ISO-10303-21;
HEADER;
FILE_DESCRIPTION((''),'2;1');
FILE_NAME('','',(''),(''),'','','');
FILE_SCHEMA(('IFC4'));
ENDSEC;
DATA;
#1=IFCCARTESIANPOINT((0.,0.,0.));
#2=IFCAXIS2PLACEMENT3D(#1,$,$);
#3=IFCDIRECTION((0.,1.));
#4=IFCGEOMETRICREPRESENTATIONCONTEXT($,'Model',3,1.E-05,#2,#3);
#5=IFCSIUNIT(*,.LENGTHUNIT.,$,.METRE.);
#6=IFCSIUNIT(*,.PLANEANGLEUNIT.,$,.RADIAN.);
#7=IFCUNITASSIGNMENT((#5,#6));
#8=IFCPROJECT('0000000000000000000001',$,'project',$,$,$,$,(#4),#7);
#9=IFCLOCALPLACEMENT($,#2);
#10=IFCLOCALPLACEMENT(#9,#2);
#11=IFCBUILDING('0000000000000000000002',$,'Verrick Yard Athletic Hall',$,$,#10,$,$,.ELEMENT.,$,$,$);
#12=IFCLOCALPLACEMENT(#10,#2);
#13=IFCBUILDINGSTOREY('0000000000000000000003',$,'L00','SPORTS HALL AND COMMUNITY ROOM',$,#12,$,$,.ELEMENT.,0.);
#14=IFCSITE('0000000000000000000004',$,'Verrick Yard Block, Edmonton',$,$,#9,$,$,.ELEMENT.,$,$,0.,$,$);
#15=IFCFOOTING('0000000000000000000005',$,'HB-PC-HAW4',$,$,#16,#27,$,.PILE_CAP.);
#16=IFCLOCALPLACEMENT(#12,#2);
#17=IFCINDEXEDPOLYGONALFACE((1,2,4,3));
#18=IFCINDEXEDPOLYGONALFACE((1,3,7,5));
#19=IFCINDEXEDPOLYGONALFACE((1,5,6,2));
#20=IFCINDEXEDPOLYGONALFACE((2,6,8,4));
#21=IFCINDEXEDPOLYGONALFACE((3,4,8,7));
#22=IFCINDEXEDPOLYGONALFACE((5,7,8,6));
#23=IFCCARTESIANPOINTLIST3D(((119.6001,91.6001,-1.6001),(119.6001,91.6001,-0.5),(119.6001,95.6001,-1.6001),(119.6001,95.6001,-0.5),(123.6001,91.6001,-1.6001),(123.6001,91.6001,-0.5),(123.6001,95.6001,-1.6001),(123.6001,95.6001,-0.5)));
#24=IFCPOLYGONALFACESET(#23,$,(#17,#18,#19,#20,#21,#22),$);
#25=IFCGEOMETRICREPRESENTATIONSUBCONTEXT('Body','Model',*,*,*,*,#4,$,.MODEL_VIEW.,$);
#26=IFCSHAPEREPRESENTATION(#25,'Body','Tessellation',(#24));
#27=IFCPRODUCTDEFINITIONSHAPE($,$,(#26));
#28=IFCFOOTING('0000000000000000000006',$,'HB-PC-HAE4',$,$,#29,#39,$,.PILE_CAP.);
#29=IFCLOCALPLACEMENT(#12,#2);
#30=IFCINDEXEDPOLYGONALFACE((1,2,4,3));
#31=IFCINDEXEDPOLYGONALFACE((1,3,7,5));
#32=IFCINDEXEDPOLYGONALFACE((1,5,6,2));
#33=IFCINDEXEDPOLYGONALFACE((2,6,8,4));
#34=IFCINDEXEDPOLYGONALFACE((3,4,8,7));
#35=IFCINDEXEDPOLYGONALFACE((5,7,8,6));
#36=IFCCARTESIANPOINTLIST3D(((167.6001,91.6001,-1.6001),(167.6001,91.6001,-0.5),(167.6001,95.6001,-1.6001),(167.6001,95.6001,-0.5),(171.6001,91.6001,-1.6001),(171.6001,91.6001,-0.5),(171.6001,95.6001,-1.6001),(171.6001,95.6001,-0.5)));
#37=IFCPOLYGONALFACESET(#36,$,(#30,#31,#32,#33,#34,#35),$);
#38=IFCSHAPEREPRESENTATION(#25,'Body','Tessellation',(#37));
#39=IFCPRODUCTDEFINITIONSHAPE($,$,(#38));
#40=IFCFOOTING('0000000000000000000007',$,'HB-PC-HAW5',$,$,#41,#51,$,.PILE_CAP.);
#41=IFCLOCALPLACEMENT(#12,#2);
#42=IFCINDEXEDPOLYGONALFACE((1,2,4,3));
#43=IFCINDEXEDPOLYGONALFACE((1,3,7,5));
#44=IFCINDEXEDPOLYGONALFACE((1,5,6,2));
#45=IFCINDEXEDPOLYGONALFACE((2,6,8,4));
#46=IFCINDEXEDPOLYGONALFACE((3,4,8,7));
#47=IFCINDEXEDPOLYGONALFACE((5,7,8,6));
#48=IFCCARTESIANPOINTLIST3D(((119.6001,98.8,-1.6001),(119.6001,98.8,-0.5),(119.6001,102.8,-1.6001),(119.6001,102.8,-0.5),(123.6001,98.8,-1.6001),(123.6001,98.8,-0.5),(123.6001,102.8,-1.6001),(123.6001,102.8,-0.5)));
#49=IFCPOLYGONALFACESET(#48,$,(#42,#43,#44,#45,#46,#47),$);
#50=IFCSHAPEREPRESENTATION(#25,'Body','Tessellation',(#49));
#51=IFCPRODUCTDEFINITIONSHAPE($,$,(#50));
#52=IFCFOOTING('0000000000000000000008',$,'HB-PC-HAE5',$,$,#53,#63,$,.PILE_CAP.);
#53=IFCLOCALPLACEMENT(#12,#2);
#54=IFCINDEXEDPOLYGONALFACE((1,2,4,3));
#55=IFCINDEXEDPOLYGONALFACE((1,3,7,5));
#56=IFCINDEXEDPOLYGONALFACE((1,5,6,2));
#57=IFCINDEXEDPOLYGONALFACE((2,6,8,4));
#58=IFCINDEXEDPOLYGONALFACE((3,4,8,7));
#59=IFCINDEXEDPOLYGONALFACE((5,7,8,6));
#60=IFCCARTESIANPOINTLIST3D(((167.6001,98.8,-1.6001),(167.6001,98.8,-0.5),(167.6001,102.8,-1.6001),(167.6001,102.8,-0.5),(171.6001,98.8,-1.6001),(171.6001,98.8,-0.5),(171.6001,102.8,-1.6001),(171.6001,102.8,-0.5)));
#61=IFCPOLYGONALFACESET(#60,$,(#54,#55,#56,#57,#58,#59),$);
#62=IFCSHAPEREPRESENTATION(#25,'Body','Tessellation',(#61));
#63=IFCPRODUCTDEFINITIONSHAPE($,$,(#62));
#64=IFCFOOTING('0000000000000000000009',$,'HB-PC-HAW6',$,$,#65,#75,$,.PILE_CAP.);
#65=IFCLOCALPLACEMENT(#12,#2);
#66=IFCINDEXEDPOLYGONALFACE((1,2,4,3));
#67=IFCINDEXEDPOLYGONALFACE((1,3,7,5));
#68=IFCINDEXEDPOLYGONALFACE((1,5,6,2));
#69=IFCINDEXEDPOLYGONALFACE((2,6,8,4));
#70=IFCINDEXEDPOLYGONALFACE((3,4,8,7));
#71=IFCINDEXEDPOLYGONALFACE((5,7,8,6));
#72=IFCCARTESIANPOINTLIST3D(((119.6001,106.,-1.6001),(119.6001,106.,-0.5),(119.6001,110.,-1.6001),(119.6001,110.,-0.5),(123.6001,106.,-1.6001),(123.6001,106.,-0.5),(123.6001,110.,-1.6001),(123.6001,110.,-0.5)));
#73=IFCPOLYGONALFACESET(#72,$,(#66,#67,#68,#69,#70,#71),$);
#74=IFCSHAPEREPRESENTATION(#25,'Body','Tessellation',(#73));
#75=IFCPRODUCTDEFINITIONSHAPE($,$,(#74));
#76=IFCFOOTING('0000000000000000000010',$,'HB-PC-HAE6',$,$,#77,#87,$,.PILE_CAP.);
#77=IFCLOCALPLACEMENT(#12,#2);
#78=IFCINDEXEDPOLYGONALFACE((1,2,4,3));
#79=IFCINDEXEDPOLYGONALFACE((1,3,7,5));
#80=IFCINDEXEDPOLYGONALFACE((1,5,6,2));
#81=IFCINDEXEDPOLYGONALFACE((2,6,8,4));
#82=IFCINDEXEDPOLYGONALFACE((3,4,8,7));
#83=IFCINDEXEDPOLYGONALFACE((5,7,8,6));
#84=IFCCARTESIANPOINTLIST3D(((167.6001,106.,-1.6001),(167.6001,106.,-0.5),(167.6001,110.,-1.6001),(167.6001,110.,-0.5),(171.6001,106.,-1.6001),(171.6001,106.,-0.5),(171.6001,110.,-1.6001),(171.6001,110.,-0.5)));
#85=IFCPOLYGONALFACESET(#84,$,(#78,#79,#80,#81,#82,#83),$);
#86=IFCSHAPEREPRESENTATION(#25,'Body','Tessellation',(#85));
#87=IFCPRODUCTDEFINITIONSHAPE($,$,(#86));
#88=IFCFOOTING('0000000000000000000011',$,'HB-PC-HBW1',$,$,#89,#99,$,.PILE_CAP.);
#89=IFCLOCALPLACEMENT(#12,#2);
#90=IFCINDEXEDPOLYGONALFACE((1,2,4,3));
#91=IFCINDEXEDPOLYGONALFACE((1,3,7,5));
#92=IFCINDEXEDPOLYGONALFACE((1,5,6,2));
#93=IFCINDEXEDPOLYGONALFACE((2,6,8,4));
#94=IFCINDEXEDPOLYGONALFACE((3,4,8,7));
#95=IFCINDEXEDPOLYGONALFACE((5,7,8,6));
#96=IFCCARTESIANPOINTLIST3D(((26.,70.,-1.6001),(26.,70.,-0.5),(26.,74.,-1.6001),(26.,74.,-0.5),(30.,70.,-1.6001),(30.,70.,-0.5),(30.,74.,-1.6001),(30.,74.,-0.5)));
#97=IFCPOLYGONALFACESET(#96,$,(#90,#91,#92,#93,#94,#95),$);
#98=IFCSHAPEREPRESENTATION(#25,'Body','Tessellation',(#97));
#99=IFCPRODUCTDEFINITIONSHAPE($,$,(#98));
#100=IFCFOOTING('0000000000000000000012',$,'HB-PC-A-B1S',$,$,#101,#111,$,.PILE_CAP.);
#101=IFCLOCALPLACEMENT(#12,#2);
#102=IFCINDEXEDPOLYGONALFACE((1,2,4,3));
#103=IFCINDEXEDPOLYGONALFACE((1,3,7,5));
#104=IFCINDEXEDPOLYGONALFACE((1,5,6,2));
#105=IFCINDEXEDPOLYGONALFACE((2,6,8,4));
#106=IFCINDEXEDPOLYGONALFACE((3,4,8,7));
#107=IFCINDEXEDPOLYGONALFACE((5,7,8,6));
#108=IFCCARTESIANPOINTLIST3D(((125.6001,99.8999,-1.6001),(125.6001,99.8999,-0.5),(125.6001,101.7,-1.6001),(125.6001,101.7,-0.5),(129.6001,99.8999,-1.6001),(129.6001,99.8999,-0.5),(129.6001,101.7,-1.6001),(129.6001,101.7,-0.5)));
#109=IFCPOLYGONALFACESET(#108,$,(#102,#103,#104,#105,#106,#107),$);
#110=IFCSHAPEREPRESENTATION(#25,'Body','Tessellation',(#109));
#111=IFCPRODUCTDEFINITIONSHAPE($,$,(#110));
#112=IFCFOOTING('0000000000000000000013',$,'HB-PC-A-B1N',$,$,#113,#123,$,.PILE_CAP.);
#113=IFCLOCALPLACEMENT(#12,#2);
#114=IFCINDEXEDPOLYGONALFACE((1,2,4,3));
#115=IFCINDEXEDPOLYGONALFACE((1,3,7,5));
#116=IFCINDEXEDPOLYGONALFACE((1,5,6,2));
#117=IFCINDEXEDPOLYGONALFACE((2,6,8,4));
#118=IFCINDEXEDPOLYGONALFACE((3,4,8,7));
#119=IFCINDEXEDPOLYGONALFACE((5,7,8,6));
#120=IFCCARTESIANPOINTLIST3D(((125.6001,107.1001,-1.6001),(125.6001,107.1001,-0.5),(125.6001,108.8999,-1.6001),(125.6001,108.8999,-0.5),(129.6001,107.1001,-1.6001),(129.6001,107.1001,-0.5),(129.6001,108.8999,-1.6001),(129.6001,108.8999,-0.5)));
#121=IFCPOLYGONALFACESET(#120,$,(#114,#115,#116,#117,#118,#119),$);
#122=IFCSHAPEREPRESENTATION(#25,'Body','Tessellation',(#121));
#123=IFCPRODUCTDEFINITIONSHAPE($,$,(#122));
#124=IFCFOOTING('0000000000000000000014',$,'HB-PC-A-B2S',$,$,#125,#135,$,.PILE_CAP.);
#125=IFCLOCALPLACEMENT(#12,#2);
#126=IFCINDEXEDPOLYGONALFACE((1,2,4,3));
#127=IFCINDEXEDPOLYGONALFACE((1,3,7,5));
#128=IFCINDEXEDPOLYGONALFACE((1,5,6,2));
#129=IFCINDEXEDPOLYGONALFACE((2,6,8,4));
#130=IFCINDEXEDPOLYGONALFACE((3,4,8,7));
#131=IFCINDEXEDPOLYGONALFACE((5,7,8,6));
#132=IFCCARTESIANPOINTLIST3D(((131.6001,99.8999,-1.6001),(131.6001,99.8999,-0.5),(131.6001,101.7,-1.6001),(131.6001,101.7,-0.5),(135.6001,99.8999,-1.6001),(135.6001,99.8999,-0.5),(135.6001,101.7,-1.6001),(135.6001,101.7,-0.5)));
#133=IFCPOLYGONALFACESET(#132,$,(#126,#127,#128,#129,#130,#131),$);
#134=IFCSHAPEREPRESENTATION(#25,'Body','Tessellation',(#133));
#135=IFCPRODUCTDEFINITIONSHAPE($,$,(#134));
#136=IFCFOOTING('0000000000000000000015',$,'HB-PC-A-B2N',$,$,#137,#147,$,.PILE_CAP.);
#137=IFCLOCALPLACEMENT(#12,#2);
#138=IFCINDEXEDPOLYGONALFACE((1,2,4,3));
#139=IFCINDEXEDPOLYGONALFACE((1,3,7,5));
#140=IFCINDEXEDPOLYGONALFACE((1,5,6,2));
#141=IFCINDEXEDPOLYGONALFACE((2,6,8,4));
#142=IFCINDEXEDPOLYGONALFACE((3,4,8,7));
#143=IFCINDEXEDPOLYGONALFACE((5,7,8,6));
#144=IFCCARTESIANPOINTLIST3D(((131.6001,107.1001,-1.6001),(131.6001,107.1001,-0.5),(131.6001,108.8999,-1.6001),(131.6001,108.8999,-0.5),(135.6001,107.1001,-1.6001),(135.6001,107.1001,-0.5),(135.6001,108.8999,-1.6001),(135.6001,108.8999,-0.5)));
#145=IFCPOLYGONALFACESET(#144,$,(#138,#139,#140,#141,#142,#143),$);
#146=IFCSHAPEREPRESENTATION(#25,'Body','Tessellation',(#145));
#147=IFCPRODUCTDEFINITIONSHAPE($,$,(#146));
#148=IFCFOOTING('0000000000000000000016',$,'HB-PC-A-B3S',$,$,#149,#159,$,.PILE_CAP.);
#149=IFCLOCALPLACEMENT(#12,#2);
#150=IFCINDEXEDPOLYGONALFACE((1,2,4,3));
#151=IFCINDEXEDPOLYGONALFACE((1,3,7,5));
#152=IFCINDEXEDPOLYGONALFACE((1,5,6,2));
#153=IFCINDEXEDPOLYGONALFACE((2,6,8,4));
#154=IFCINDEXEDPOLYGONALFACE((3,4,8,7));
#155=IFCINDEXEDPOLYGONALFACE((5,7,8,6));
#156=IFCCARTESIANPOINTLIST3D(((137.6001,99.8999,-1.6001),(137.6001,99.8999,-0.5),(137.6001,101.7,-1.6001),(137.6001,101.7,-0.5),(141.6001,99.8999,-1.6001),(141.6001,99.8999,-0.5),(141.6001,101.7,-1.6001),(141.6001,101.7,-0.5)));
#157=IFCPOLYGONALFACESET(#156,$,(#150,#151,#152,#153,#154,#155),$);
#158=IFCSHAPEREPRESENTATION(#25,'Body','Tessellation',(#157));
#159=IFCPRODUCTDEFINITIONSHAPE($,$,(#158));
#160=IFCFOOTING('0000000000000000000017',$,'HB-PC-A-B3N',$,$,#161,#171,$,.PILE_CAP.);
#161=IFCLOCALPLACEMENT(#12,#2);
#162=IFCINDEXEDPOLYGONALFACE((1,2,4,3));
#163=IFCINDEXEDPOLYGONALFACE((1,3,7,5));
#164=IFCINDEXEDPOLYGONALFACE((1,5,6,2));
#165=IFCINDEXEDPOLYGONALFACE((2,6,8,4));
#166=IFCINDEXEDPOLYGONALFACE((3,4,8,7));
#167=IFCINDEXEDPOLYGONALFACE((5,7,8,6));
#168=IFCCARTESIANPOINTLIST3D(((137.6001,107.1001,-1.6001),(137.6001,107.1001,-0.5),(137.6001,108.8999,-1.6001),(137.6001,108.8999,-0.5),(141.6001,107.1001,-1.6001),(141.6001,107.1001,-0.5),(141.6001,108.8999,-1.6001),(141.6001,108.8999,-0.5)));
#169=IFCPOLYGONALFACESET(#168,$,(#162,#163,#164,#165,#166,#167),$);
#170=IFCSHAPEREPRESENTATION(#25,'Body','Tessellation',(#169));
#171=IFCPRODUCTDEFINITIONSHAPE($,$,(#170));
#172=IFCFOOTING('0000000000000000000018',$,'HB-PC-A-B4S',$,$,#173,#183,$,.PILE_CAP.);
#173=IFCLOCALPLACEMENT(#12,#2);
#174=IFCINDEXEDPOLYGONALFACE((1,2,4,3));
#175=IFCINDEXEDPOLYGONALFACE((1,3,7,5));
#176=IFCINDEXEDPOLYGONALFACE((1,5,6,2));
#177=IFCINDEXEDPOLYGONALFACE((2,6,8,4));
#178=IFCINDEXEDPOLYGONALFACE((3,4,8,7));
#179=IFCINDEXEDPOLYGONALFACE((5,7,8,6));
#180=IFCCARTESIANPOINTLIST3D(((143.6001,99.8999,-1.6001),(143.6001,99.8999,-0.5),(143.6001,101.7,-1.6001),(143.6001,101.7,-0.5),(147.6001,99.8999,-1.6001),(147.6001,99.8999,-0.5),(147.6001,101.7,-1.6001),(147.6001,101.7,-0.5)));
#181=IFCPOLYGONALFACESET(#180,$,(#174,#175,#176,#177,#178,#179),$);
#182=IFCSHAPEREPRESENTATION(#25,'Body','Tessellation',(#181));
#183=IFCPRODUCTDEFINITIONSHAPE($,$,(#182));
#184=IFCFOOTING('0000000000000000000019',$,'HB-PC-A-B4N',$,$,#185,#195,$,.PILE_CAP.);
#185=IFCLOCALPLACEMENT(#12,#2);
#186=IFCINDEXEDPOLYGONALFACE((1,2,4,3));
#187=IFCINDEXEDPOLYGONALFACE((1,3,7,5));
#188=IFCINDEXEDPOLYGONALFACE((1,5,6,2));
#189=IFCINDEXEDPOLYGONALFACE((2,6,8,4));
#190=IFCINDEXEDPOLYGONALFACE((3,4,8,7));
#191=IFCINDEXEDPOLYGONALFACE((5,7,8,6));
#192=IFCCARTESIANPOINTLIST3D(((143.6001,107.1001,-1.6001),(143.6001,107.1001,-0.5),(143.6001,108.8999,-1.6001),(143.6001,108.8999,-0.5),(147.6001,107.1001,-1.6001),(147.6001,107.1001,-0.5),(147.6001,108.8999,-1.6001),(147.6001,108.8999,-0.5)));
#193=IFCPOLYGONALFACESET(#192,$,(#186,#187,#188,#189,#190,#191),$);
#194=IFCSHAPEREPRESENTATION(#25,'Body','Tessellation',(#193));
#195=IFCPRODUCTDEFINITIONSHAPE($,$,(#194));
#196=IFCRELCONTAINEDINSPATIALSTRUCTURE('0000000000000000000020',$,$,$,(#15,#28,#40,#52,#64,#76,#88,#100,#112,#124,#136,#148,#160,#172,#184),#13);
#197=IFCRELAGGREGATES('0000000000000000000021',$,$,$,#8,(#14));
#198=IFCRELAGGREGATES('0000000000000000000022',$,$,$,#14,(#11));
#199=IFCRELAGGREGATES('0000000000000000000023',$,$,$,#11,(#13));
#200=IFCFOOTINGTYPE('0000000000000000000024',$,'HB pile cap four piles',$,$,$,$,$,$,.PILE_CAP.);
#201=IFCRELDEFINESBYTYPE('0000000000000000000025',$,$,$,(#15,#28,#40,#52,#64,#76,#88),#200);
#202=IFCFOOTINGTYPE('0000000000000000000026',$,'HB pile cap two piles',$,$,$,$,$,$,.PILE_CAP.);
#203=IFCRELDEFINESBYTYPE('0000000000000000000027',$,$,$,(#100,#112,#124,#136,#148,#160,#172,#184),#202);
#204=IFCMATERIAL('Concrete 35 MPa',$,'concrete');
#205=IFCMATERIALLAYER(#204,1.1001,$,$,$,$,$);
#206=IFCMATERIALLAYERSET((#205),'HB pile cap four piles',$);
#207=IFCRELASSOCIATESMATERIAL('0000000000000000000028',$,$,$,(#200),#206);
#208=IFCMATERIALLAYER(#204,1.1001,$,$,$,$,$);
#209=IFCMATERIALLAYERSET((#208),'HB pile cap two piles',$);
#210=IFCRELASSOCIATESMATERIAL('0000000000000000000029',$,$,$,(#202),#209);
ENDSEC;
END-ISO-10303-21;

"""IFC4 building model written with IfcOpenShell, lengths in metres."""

from ifc_helpers import new_model, si_unit, direction, frame, origin, place, context, subcontext, project, spatial, polyline, outline, extrude, material, layer, layer_set, type_object, element, save


model = new_model("IFC4")

# Units and contexts
model_context = context("Model", 3, precision=1e-05, world=origin(), true_north=direction((0.0, 1.0)))
body_context = subcontext(model_context, "Body", "Model", "MODEL_VIEW")
ifc_project = project(units=[si_unit("LENGTHUNIT", "METRE"), si_unit("PLANEANGLEUNIT", "RADIAN")], contexts=[model_context])

# Site, building, storey
site_placement = place(None, origin())
site = spatial("IfcSite", under=ifc_project, at=site_placement, Name="Verrick Yard Block, Edmonton", CompositionType="ELEMENT", RefElevation=0.0)
building_placement = place(site_placement, origin())
building = spatial("IfcBuilding", under=site, at=building_placement, Name="Verrick Yard Athletic Hall", CompositionType="ELEMENT")
storey_placement = place(building_placement, origin())
storey = spatial("IfcBuildingStorey", under=building, at=storey_placement, Name="L00", Description="SPORTS HALL AND COMMUNITY ROOM", CompositionType="ELEMENT", Elevation=0.0)

# Footings
ifc_material = material(Name="Concrete 35 MPa", Category="concrete")
ifc_layer_1 = layer(ifc_material, 1.1001)
ifc_layer_set_1 = layer_set([ifc_layer_1], Name="HB pile cap four piles")
footing_type_1 = type_object("IfcFootingType", Name="HB pile cap four piles", PredefinedType="PILE_CAP", material=ifc_layer_set_1)
footing_1_placement = place(storey_placement, frame((0.0, 0.0, -1.6001)))
element("IfcFooting", 1, at=footing_1_placement, inside=storey, type_object=footing_type_1, Name="HB-PC-HAW4", PredefinedType="PILE_CAP", context=body_context, shape_type="SweptSolid", body=[
    extrude(outline(polyline([(119.6001, 91.6001), (123.6001, 91.6001), (123.6001, 95.6001), (119.6001, 95.6001), (119.6001, 91.6001)])), origin(), (0.0, 0.0, 1.0), 1.1001),
])
footing_2_placement = place(storey_placement, frame((0.0, 0.0, -1.6001)))
element("IfcFooting", 2, at=footing_2_placement, inside=storey, type_object=footing_type_1, Name="HB-PC-HAE4", PredefinedType="PILE_CAP", context=body_context, shape_type="SweptSolid", body=[
    extrude(outline(polyline([(167.6001, 91.6001), (171.6001, 91.6001), (171.6001, 95.6001), (167.6001, 95.6001), (167.6001, 91.6001)])), origin(), (0.0, 0.0, 1.0), 1.1001),
])
footing_3_placement = place(storey_placement, frame((0.0, 0.0, -1.6001)))
element("IfcFooting", 3, at=footing_3_placement, inside=storey, type_object=footing_type_1, Name="HB-PC-HAW5", PredefinedType="PILE_CAP", context=body_context, shape_type="SweptSolid", body=[
    extrude(outline(polyline([(119.6001, 98.8), (123.6001, 98.8), (123.6001, 102.8), (119.6001, 102.8), (119.6001, 98.8)])), origin(), (0.0, 0.0, 1.0), 1.1001),
])
footing_4_placement = place(storey_placement, frame((0.0, 0.0, -1.6001)))
element("IfcFooting", 4, at=footing_4_placement, inside=storey, type_object=footing_type_1, Name="HB-PC-HAE5", PredefinedType="PILE_CAP", context=body_context, shape_type="SweptSolid", body=[
    extrude(outline(polyline([(167.6001, 98.8), (171.6001, 98.8), (171.6001, 102.8), (167.6001, 102.8), (167.6001, 98.8)])), origin(), (0.0, 0.0, 1.0), 1.1001),
])
footing_5_placement = place(storey_placement, frame((0.0, 0.0, -1.6001)))
element("IfcFooting", 5, at=footing_5_placement, inside=storey, type_object=footing_type_1, Name="HB-PC-HAW6", PredefinedType="PILE_CAP", context=body_context, shape_type="SweptSolid", body=[
    extrude(outline(polyline([(119.6001, 106.0), (123.6001, 106.0), (123.6001, 110.0), (119.6001, 110.0), (119.6001, 106.0)])), origin(), (0.0, 0.0, 1.0), 1.1001),
])
footing_6_placement = place(storey_placement, frame((0.0, 0.0, -1.6001)))
element("IfcFooting", 6, at=footing_6_placement, inside=storey, type_object=footing_type_1, Name="HB-PC-HAE6", PredefinedType="PILE_CAP", context=body_context, shape_type="SweptSolid", body=[
    extrude(outline(polyline([(167.6001, 106.0), (171.6001, 106.0), (171.6001, 110.0), (167.6001, 110.0), (167.6001, 106.0)])), origin(), (0.0, 0.0, 1.0), 1.1001),
])
footing_7_placement = place(storey_placement, frame((0.0, 0.0, -1.6001)))
element("IfcFooting", 7, at=footing_7_placement, inside=storey, type_object=footing_type_1, Name="HB-PC-HBW1", PredefinedType="PILE_CAP", context=body_context, shape_type="SweptSolid", body=[
    extrude(outline(polyline([(26.0, 70.0), (30.0, 70.0), (30.0, 74.0), (26.0, 74.0), (26.0, 70.0)])), origin(), (0.0, 0.0, 1.0), 1.1001),
])
ifc_layer_2 = layer(ifc_material, 1.1001)
ifc_layer_set_2 = layer_set([ifc_layer_2], Name="HB pile cap two piles")
footing_type_2 = type_object("IfcFootingType", Name="HB pile cap two piles", PredefinedType="PILE_CAP", material=ifc_layer_set_2)
footing_8_placement = place(storey_placement, frame((0.0, 0.0, -1.6001)))
element("IfcFooting", 8, at=footing_8_placement, inside=storey, type_object=footing_type_2, Name="HB-PC-A-B1S", PredefinedType="PILE_CAP", context=body_context, shape_type="SweptSolid", body=[
    extrude(outline(polyline([(125.6001, 99.8999), (129.6001, 99.8999), (129.6001, 101.7), (125.6001, 101.7), (125.6001, 99.8999)])), origin(), (0.0, 0.0, 1.0), 1.1001),
])
footing_9_placement = place(storey_placement, frame((0.0, 0.0, -1.6001)))
element("IfcFooting", 9, at=footing_9_placement, inside=storey, type_object=footing_type_2, Name="HB-PC-A-B1N", PredefinedType="PILE_CAP", context=body_context, shape_type="SweptSolid", body=[
    extrude(outline(polyline([(125.6001, 107.1001), (129.6001, 107.1001), (129.6001, 108.8999), (125.6001, 108.8999), (125.6001, 107.1001)])), origin(), (0.0, 0.0, 1.0), 1.1001),
])
footing_10_placement = place(storey_placement, frame((0.0, 0.0, -1.6001)))
element("IfcFooting", 10, at=footing_10_placement, inside=storey, type_object=footing_type_2, Name="HB-PC-A-B2S", PredefinedType="PILE_CAP", context=body_context, shape_type="SweptSolid", body=[
    extrude(outline(polyline([(131.6001, 99.8999), (135.6001, 99.8999), (135.6001, 101.7), (131.6001, 101.7), (131.6001, 99.8999)])), origin(), (0.0, 0.0, 1.0), 1.1001),
])
footing_11_placement = place(storey_placement, frame((0.0, 0.0, -1.6001)))
element("IfcFooting", 11, at=footing_11_placement, inside=storey, type_object=footing_type_2, Name="HB-PC-A-B2N", PredefinedType="PILE_CAP", context=body_context, shape_type="SweptSolid", body=[
    extrude(outline(polyline([(131.6001, 107.1001), (135.6001, 107.1001), (135.6001, 108.8999), (131.6001, 108.8999), (131.6001, 107.1001)])), origin(), (0.0, 0.0, 1.0), 1.1001),
])
footing_12_placement = place(storey_placement, frame((0.0, 0.0, -1.6001)))
element("IfcFooting", 12, at=footing_12_placement, inside=storey, type_object=footing_type_2, Name="HB-PC-A-B3S", PredefinedType="PILE_CAP", context=body_context, shape_type="SweptSolid", body=[
    extrude(outline(polyline([(137.6001, 99.8999), (141.6001, 99.8999), (141.6001, 101.7), (137.6001, 101.7), (137.6001, 99.8999)])), origin(), (0.0, 0.0, 1.0), 1.1001),
])
footing_13_placement = place(storey_placement, frame((0.0, 0.0, -1.6001)))
element("IfcFooting", 13, at=footing_13_placement, inside=storey, type_object=footing_type_2, Name="HB-PC-A-B3N", PredefinedType="PILE_CAP", context=body_context, shape_type="SweptSolid", body=[
    extrude(outline(polyline([(137.6001, 107.1001), (141.6001, 107.1001), (141.6001, 108.8999), (137.6001, 108.8999), (137.6001, 107.1001)])), origin(), (0.0, 0.0, 1.0), 1.1001),
])
footing_14_placement = place(storey_placement, frame((0.0, 0.0, -1.6001)))
element("IfcFooting", 14, at=footing_14_placement, inside=storey, type_object=footing_type_2, Name="HB-PC-A-B4S", PredefinedType="PILE_CAP", context=body_context, shape_type="SweptSolid", body=[
    extrude(outline(polyline([(143.6001, 99.8999), (147.6001, 99.8999), (147.6001, 101.7), (143.6001, 101.7), (143.6001, 99.8999)])), origin(), (0.0, 0.0, 1.0), 1.1001),
])
footing_15_placement = place(storey_placement, frame((0.0, 0.0, -1.6001)))
element("IfcFooting", 15, at=footing_15_placement, inside=storey, type_object=footing_type_2, Name="HB-PC-A-B4N", PredefinedType="PILE_CAP", context=body_context, shape_type="SweptSolid", body=[
    extrude(outline(polyline([(143.6001, 107.1001), (147.6001, 107.1001), (147.6001, 108.8999), (143.6001, 108.8999), (143.6001, 107.1001)])), origin(), (0.0, 0.0, 1.0), 1.1001),
])

save(model, "model.ifc")
